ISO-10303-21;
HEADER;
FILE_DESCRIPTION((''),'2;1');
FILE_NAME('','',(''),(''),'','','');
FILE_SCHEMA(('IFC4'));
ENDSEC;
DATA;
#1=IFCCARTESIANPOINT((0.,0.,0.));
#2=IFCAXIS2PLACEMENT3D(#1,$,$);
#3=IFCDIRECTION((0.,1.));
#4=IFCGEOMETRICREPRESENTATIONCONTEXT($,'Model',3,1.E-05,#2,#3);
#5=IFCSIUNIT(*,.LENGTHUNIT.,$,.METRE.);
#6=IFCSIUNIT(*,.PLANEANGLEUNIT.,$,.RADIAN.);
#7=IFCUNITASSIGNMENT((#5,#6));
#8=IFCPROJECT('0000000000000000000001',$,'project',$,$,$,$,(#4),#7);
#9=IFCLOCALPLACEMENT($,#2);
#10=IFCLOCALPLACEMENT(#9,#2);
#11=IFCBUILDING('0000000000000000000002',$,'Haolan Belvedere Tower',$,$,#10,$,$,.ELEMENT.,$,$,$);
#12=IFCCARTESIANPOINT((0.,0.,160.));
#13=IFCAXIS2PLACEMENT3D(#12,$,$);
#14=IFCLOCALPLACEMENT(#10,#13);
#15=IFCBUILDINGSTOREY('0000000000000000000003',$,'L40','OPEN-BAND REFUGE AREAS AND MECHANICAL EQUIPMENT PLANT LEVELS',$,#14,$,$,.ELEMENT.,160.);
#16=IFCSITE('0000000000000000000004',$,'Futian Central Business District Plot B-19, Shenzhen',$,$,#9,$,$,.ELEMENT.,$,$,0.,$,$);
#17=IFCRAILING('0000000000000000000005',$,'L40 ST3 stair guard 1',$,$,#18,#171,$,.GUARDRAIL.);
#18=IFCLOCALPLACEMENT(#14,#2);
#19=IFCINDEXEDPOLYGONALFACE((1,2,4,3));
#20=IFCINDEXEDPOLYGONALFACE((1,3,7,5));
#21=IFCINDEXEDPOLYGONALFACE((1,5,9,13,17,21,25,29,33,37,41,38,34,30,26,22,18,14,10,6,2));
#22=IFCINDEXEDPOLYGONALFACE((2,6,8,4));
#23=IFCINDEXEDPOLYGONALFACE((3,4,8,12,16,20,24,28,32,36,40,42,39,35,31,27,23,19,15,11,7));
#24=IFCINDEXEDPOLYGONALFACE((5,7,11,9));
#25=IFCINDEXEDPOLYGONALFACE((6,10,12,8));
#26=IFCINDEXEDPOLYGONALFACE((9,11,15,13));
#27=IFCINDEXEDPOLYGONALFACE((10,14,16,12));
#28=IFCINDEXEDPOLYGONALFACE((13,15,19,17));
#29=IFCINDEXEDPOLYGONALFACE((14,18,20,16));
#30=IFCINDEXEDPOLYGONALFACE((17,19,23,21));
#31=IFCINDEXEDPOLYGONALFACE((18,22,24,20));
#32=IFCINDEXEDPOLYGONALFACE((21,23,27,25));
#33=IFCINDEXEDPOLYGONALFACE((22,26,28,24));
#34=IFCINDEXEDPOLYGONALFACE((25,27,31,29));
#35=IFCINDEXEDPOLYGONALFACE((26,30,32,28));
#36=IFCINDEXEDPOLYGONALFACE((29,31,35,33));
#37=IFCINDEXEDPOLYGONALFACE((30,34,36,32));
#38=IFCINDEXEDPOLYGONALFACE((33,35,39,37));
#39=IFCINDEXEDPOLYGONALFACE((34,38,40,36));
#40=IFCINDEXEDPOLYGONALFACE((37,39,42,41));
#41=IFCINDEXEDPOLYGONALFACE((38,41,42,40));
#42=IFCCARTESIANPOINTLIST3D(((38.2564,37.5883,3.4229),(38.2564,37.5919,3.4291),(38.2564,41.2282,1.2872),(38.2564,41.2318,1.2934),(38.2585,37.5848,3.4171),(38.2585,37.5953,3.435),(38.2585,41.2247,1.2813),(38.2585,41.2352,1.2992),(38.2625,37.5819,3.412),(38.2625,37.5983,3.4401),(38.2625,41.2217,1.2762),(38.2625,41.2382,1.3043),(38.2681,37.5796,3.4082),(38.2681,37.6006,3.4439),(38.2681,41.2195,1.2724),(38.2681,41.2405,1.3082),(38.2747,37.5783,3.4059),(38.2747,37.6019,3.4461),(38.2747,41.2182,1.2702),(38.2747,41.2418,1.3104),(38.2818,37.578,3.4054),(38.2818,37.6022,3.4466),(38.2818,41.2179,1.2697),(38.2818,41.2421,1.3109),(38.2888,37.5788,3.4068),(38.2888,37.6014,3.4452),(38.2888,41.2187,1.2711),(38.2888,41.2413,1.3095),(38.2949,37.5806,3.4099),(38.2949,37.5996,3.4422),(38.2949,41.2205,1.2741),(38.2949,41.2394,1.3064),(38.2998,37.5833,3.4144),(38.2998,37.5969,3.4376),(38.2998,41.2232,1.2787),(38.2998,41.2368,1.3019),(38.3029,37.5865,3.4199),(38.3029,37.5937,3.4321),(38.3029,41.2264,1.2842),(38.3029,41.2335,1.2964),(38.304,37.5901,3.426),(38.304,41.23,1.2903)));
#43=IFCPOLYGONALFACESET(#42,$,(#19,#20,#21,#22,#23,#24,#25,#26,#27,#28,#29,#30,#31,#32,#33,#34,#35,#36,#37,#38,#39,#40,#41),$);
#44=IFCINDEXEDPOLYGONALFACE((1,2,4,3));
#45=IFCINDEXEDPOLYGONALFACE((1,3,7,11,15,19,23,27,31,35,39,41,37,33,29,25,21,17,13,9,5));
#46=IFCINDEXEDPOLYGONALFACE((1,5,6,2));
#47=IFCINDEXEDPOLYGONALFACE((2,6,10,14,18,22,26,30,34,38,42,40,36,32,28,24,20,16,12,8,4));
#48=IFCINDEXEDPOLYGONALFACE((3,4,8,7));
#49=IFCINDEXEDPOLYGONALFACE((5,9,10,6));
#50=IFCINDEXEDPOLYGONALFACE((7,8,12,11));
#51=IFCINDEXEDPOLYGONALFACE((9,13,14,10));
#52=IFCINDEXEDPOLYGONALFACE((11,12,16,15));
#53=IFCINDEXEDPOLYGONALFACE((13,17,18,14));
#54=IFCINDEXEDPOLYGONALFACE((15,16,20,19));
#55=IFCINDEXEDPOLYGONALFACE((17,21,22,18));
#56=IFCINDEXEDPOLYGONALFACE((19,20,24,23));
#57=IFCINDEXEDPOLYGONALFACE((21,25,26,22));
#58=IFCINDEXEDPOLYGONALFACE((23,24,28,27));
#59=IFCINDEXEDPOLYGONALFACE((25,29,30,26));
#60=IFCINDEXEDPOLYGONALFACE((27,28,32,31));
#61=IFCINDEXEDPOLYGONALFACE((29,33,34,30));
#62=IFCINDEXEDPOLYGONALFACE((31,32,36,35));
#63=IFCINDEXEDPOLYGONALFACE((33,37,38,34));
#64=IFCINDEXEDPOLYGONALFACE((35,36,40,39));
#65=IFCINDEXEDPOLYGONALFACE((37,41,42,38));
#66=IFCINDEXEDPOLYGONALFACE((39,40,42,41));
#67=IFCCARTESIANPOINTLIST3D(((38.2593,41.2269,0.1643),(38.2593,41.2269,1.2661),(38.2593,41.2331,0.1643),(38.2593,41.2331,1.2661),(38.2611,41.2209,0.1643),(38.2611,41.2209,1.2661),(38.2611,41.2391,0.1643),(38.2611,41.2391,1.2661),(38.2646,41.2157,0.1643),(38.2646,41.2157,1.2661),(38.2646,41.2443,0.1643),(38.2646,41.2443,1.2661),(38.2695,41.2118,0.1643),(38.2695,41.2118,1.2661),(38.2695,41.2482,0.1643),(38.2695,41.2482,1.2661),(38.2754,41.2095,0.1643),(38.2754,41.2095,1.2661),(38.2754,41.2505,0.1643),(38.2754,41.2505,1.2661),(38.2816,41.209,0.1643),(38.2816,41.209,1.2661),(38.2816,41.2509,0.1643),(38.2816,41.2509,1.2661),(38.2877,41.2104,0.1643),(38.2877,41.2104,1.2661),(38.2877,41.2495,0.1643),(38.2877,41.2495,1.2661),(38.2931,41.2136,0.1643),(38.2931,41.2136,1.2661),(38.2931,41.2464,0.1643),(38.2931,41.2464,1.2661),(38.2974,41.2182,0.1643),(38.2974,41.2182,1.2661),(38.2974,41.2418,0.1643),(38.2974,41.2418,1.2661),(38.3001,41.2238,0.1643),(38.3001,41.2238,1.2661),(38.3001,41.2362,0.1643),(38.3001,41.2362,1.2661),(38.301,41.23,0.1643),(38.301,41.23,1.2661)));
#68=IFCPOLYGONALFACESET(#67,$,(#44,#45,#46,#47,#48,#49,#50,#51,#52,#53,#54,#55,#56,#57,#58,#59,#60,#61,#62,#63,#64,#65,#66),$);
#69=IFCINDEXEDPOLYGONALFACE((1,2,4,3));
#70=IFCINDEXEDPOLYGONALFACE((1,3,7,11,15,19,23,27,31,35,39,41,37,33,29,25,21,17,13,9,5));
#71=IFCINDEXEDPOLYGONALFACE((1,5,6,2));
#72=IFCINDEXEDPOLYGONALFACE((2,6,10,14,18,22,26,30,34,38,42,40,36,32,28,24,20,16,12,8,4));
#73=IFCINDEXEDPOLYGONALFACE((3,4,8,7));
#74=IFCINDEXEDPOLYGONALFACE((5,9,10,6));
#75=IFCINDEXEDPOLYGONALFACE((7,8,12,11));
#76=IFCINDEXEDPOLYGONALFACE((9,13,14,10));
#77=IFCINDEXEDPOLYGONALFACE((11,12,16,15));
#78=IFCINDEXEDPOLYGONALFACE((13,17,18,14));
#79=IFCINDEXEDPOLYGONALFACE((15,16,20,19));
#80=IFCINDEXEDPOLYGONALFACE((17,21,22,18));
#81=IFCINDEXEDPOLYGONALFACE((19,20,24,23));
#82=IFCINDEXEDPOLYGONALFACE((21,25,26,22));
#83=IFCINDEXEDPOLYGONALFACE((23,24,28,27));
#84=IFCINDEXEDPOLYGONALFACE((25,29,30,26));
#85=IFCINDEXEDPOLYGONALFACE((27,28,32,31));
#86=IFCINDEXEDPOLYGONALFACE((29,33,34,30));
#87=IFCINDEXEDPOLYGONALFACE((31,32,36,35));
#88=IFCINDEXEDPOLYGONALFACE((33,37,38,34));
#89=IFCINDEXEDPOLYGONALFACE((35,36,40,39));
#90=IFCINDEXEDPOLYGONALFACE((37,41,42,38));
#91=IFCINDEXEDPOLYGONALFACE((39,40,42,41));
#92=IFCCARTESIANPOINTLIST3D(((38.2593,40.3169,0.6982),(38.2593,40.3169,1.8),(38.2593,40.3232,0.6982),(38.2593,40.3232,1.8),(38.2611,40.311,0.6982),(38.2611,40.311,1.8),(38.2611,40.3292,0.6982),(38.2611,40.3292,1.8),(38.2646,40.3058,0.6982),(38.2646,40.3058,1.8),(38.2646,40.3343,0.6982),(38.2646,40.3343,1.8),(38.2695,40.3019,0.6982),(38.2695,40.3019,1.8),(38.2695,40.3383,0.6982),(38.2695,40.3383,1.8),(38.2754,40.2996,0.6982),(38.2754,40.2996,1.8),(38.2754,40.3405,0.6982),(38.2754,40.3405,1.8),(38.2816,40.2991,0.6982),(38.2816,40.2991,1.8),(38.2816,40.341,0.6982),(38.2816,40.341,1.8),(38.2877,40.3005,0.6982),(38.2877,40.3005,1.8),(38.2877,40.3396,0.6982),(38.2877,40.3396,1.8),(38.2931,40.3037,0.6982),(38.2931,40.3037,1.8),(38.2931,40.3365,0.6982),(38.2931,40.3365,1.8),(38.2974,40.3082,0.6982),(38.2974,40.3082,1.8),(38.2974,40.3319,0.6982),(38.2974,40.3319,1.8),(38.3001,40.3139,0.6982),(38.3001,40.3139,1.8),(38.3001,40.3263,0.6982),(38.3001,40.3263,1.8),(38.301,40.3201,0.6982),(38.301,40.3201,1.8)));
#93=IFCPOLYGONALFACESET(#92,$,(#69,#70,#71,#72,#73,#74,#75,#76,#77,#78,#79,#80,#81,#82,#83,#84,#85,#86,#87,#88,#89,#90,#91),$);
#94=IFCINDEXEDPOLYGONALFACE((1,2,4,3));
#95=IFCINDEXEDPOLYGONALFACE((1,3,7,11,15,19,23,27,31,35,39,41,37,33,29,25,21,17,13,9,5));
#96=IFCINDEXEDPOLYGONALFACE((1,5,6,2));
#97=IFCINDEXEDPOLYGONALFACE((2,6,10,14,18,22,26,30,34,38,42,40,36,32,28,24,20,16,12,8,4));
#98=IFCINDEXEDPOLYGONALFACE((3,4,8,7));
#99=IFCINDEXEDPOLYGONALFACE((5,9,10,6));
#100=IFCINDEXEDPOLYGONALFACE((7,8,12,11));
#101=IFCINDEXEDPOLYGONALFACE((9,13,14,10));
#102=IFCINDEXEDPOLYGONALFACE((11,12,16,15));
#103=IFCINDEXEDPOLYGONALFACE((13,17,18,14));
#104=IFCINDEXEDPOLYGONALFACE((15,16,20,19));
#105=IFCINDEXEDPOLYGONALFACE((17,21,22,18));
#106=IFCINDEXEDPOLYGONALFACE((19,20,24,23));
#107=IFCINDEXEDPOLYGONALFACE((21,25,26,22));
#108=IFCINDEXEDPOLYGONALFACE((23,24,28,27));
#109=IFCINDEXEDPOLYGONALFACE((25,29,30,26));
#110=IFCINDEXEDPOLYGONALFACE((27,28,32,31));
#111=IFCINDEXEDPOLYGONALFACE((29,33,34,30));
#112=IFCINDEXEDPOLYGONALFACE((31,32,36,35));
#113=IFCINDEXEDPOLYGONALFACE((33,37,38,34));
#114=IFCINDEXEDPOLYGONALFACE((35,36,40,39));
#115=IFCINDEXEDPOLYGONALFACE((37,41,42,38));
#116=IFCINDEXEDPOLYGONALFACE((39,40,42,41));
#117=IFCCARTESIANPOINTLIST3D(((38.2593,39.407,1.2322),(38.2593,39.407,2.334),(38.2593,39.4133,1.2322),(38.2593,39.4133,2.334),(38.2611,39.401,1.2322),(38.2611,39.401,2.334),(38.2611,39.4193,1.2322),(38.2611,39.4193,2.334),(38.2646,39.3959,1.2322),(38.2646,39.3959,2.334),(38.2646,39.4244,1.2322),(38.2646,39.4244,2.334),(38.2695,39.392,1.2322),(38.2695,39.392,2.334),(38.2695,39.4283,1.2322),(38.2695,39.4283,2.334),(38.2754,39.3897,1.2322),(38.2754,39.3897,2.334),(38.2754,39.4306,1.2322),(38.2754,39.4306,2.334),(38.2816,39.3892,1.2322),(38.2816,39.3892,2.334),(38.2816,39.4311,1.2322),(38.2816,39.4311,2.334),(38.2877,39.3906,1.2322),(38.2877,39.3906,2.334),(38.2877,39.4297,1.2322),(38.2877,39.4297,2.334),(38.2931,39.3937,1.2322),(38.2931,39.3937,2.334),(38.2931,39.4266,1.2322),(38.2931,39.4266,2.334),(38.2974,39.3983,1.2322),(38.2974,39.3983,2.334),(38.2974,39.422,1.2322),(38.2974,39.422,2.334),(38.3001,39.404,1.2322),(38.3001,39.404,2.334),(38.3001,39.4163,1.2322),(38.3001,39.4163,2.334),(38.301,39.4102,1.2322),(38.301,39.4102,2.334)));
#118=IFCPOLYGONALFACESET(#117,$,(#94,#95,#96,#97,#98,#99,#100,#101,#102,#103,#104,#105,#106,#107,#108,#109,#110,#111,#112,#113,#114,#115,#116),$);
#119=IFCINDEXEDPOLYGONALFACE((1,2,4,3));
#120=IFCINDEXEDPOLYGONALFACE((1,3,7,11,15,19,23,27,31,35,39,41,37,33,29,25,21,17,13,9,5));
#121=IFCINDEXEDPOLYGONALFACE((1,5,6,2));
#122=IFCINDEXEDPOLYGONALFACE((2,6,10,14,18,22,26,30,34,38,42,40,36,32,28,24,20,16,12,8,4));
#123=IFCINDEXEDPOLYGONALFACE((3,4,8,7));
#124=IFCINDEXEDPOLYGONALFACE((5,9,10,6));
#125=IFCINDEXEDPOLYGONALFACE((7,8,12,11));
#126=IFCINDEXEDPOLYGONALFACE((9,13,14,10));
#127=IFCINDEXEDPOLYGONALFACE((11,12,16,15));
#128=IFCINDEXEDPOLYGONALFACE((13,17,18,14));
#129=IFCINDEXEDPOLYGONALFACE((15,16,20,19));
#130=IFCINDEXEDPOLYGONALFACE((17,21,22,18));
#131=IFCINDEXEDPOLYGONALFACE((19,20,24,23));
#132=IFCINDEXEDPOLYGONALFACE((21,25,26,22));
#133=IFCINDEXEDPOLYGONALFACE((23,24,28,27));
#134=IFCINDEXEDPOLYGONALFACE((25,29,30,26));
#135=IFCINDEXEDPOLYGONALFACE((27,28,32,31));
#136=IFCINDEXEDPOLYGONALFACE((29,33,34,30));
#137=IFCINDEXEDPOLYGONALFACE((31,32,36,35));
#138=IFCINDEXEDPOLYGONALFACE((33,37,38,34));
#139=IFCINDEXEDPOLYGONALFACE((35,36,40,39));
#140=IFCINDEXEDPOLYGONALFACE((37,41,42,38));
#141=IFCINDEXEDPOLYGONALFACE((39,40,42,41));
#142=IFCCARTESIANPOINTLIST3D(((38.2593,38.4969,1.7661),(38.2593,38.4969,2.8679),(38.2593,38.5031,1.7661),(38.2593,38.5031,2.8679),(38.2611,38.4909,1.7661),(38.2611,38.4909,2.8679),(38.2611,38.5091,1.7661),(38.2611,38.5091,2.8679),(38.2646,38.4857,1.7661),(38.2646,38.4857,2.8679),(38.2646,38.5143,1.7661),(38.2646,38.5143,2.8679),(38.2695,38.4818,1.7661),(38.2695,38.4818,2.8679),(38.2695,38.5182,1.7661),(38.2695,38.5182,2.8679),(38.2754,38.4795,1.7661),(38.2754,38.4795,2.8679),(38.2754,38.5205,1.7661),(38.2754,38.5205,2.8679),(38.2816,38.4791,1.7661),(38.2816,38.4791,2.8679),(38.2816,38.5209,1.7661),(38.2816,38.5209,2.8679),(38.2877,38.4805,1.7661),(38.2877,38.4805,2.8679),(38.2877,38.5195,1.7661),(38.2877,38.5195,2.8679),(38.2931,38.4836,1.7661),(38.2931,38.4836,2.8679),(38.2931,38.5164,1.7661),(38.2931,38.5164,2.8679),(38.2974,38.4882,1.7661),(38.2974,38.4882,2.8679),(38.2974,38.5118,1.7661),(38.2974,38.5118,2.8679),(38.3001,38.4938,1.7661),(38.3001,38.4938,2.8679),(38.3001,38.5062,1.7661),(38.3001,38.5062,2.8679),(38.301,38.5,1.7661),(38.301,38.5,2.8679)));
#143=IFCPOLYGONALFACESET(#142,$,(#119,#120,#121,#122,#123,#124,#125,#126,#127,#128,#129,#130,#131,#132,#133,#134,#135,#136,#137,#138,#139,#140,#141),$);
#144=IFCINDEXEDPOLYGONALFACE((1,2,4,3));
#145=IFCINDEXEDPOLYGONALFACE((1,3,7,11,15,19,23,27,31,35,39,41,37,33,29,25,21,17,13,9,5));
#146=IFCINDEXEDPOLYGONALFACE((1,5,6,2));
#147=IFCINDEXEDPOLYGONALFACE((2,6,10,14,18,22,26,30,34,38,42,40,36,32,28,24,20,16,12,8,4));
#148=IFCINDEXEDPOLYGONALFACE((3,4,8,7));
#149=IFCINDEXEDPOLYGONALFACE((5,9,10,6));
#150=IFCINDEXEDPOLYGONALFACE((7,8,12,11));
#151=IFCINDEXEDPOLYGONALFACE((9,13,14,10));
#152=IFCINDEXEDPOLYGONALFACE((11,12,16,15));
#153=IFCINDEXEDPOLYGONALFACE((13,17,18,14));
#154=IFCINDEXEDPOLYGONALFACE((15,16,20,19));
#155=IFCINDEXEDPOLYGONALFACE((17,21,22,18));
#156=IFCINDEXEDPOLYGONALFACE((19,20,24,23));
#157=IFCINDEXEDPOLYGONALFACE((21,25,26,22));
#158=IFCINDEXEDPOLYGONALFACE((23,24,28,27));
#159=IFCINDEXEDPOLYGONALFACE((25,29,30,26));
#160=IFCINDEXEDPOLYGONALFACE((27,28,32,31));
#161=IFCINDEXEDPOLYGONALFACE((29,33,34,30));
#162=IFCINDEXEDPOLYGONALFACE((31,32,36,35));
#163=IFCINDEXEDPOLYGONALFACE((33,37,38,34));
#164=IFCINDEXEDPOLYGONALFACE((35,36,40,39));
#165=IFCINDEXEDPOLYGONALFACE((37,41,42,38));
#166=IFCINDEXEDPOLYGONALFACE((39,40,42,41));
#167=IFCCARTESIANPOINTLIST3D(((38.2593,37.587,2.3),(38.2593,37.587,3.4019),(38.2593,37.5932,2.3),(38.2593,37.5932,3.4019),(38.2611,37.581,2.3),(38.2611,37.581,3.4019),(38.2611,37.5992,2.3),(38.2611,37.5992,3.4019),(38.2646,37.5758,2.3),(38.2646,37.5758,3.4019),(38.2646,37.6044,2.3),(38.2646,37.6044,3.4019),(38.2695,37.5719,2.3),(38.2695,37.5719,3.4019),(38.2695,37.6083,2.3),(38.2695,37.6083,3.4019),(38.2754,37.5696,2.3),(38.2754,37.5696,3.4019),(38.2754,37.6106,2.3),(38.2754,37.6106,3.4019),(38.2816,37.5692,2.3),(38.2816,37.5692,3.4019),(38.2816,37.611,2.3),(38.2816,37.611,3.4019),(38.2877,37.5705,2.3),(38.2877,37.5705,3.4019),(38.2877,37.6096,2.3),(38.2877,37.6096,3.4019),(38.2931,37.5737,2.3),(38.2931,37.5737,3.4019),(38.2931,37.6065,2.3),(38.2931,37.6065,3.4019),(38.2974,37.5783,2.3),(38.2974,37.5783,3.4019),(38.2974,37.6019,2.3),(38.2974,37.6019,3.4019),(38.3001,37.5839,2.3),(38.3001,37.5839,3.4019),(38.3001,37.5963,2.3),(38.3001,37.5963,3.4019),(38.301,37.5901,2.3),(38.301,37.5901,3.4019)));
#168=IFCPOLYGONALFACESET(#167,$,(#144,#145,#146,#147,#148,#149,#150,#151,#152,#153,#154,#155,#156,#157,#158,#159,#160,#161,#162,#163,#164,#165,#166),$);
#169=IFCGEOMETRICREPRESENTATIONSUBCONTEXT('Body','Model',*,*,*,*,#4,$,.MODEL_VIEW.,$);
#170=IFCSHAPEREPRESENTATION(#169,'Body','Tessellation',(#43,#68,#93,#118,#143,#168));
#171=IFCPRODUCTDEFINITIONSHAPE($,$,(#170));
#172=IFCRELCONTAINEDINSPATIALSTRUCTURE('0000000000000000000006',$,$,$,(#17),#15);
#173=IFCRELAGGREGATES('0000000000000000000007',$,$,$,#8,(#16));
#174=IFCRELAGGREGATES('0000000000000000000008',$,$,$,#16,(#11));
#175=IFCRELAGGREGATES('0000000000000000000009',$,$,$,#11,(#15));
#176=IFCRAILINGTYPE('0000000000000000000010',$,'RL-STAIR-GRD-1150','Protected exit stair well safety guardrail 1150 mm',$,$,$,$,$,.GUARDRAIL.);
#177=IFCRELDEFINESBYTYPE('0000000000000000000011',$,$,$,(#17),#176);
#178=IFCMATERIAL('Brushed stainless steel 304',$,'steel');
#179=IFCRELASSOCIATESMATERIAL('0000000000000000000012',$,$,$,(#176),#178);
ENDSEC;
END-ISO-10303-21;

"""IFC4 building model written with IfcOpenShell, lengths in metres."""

from ifc_helpers import new_model, si_unit, direction, frame, origin, origin_2d, place, context, subcontext, project, spatial, circle, extrude, material, type_object, element, save


model = new_model("IFC4")

# Units and contexts
model_context = context("Model", 3, precision=1e-05, world=origin(), true_north=direction((0.0, 1.0)))
body_context = subcontext(model_context, "Body", "Model", "MODEL_VIEW")
ifc_project = project(units=[si_unit("LENGTHUNIT", "METRE"), si_unit("PLANEANGLEUNIT", "RADIAN")], contexts=[model_context])

# Site, building, storey
site_placement = place(None, origin())
site = spatial("IfcSite", under=ifc_project, at=site_placement, Name="Futian Central Business District Plot B-19, Shenzhen", CompositionType="ELEMENT", RefElevation=0.0)
building_placement = place(site_placement, origin())
building = spatial("IfcBuilding", under=site, at=building_placement, Name="Haolan Belvedere Tower", CompositionType="ELEMENT")
storey_placement = place(building_placement, frame((0.0, 0.0, 160.0)))
storey = spatial("IfcBuildingStorey", under=building, at=storey_placement, Name="L40", Description="OPEN-BAND REFUGE AREAS AND MECHANICAL EQUIPMENT PLANT LEVELS", CompositionType="ELEMENT", Elevation=160.0)

# Railing
ifc_material_1 = material(Name="Brushed stainless steel 304", Category="steel")
railing_type_1 = type_object("IfcRailingType", Name="RL-STAIR-GRD-1150", Description="Protected exit stair well safety guardrail 1150 mm", PredefinedType="GUARDRAIL", material=ifc_material_1)
railing_1_placement = place(storey_placement, frame((38.28, 41.23, 0.1643)))
element("IfcRailing", 1, at=railing_1_placement, inside=storey, type_object=railing_type_1, Name="L40 ST3 stair guard 1", PredefinedType="GUARDRAIL", context=body_context, shape_type="SweptSolid", body=[
    extrude(circle(Radius=0.0239, at=origin_2d()), frame((0.0, 0.0, 1.126), z_axis=(0.0, -0.86249, 0.506074), x_axis=(1.0, 0.0, 0.0)), (0.0, 0.0, 1.0), 4.2202),
    extrude(circle(Radius=0.021, at=origin_2d()), origin(), (0.0, 0.0, 1.0), 1.1018),
    extrude(circle(Radius=0.021, at=origin_2d()), frame((0.0, -0.9099, 0.5339)), (0.0, 0.0, 1.0), 1.1018),
    extrude(circle(Radius=0.021, at=origin_2d()), frame((0.0, -1.8198, 1.0679)), (0.0, 0.0, 1.0), 1.1018),
    extrude(circle(Radius=0.021, at=origin_2d()), frame((0.0, -2.73, 1.6018)), (0.0, 0.0, 1.0), 1.1018),
    extrude(circle(Radius=0.021, at=origin_2d()), frame((0.0, -3.6399, 2.1357)), (0.0, 0.0, 1.0), 1.1018),
])

save(model, "model.ifc")
